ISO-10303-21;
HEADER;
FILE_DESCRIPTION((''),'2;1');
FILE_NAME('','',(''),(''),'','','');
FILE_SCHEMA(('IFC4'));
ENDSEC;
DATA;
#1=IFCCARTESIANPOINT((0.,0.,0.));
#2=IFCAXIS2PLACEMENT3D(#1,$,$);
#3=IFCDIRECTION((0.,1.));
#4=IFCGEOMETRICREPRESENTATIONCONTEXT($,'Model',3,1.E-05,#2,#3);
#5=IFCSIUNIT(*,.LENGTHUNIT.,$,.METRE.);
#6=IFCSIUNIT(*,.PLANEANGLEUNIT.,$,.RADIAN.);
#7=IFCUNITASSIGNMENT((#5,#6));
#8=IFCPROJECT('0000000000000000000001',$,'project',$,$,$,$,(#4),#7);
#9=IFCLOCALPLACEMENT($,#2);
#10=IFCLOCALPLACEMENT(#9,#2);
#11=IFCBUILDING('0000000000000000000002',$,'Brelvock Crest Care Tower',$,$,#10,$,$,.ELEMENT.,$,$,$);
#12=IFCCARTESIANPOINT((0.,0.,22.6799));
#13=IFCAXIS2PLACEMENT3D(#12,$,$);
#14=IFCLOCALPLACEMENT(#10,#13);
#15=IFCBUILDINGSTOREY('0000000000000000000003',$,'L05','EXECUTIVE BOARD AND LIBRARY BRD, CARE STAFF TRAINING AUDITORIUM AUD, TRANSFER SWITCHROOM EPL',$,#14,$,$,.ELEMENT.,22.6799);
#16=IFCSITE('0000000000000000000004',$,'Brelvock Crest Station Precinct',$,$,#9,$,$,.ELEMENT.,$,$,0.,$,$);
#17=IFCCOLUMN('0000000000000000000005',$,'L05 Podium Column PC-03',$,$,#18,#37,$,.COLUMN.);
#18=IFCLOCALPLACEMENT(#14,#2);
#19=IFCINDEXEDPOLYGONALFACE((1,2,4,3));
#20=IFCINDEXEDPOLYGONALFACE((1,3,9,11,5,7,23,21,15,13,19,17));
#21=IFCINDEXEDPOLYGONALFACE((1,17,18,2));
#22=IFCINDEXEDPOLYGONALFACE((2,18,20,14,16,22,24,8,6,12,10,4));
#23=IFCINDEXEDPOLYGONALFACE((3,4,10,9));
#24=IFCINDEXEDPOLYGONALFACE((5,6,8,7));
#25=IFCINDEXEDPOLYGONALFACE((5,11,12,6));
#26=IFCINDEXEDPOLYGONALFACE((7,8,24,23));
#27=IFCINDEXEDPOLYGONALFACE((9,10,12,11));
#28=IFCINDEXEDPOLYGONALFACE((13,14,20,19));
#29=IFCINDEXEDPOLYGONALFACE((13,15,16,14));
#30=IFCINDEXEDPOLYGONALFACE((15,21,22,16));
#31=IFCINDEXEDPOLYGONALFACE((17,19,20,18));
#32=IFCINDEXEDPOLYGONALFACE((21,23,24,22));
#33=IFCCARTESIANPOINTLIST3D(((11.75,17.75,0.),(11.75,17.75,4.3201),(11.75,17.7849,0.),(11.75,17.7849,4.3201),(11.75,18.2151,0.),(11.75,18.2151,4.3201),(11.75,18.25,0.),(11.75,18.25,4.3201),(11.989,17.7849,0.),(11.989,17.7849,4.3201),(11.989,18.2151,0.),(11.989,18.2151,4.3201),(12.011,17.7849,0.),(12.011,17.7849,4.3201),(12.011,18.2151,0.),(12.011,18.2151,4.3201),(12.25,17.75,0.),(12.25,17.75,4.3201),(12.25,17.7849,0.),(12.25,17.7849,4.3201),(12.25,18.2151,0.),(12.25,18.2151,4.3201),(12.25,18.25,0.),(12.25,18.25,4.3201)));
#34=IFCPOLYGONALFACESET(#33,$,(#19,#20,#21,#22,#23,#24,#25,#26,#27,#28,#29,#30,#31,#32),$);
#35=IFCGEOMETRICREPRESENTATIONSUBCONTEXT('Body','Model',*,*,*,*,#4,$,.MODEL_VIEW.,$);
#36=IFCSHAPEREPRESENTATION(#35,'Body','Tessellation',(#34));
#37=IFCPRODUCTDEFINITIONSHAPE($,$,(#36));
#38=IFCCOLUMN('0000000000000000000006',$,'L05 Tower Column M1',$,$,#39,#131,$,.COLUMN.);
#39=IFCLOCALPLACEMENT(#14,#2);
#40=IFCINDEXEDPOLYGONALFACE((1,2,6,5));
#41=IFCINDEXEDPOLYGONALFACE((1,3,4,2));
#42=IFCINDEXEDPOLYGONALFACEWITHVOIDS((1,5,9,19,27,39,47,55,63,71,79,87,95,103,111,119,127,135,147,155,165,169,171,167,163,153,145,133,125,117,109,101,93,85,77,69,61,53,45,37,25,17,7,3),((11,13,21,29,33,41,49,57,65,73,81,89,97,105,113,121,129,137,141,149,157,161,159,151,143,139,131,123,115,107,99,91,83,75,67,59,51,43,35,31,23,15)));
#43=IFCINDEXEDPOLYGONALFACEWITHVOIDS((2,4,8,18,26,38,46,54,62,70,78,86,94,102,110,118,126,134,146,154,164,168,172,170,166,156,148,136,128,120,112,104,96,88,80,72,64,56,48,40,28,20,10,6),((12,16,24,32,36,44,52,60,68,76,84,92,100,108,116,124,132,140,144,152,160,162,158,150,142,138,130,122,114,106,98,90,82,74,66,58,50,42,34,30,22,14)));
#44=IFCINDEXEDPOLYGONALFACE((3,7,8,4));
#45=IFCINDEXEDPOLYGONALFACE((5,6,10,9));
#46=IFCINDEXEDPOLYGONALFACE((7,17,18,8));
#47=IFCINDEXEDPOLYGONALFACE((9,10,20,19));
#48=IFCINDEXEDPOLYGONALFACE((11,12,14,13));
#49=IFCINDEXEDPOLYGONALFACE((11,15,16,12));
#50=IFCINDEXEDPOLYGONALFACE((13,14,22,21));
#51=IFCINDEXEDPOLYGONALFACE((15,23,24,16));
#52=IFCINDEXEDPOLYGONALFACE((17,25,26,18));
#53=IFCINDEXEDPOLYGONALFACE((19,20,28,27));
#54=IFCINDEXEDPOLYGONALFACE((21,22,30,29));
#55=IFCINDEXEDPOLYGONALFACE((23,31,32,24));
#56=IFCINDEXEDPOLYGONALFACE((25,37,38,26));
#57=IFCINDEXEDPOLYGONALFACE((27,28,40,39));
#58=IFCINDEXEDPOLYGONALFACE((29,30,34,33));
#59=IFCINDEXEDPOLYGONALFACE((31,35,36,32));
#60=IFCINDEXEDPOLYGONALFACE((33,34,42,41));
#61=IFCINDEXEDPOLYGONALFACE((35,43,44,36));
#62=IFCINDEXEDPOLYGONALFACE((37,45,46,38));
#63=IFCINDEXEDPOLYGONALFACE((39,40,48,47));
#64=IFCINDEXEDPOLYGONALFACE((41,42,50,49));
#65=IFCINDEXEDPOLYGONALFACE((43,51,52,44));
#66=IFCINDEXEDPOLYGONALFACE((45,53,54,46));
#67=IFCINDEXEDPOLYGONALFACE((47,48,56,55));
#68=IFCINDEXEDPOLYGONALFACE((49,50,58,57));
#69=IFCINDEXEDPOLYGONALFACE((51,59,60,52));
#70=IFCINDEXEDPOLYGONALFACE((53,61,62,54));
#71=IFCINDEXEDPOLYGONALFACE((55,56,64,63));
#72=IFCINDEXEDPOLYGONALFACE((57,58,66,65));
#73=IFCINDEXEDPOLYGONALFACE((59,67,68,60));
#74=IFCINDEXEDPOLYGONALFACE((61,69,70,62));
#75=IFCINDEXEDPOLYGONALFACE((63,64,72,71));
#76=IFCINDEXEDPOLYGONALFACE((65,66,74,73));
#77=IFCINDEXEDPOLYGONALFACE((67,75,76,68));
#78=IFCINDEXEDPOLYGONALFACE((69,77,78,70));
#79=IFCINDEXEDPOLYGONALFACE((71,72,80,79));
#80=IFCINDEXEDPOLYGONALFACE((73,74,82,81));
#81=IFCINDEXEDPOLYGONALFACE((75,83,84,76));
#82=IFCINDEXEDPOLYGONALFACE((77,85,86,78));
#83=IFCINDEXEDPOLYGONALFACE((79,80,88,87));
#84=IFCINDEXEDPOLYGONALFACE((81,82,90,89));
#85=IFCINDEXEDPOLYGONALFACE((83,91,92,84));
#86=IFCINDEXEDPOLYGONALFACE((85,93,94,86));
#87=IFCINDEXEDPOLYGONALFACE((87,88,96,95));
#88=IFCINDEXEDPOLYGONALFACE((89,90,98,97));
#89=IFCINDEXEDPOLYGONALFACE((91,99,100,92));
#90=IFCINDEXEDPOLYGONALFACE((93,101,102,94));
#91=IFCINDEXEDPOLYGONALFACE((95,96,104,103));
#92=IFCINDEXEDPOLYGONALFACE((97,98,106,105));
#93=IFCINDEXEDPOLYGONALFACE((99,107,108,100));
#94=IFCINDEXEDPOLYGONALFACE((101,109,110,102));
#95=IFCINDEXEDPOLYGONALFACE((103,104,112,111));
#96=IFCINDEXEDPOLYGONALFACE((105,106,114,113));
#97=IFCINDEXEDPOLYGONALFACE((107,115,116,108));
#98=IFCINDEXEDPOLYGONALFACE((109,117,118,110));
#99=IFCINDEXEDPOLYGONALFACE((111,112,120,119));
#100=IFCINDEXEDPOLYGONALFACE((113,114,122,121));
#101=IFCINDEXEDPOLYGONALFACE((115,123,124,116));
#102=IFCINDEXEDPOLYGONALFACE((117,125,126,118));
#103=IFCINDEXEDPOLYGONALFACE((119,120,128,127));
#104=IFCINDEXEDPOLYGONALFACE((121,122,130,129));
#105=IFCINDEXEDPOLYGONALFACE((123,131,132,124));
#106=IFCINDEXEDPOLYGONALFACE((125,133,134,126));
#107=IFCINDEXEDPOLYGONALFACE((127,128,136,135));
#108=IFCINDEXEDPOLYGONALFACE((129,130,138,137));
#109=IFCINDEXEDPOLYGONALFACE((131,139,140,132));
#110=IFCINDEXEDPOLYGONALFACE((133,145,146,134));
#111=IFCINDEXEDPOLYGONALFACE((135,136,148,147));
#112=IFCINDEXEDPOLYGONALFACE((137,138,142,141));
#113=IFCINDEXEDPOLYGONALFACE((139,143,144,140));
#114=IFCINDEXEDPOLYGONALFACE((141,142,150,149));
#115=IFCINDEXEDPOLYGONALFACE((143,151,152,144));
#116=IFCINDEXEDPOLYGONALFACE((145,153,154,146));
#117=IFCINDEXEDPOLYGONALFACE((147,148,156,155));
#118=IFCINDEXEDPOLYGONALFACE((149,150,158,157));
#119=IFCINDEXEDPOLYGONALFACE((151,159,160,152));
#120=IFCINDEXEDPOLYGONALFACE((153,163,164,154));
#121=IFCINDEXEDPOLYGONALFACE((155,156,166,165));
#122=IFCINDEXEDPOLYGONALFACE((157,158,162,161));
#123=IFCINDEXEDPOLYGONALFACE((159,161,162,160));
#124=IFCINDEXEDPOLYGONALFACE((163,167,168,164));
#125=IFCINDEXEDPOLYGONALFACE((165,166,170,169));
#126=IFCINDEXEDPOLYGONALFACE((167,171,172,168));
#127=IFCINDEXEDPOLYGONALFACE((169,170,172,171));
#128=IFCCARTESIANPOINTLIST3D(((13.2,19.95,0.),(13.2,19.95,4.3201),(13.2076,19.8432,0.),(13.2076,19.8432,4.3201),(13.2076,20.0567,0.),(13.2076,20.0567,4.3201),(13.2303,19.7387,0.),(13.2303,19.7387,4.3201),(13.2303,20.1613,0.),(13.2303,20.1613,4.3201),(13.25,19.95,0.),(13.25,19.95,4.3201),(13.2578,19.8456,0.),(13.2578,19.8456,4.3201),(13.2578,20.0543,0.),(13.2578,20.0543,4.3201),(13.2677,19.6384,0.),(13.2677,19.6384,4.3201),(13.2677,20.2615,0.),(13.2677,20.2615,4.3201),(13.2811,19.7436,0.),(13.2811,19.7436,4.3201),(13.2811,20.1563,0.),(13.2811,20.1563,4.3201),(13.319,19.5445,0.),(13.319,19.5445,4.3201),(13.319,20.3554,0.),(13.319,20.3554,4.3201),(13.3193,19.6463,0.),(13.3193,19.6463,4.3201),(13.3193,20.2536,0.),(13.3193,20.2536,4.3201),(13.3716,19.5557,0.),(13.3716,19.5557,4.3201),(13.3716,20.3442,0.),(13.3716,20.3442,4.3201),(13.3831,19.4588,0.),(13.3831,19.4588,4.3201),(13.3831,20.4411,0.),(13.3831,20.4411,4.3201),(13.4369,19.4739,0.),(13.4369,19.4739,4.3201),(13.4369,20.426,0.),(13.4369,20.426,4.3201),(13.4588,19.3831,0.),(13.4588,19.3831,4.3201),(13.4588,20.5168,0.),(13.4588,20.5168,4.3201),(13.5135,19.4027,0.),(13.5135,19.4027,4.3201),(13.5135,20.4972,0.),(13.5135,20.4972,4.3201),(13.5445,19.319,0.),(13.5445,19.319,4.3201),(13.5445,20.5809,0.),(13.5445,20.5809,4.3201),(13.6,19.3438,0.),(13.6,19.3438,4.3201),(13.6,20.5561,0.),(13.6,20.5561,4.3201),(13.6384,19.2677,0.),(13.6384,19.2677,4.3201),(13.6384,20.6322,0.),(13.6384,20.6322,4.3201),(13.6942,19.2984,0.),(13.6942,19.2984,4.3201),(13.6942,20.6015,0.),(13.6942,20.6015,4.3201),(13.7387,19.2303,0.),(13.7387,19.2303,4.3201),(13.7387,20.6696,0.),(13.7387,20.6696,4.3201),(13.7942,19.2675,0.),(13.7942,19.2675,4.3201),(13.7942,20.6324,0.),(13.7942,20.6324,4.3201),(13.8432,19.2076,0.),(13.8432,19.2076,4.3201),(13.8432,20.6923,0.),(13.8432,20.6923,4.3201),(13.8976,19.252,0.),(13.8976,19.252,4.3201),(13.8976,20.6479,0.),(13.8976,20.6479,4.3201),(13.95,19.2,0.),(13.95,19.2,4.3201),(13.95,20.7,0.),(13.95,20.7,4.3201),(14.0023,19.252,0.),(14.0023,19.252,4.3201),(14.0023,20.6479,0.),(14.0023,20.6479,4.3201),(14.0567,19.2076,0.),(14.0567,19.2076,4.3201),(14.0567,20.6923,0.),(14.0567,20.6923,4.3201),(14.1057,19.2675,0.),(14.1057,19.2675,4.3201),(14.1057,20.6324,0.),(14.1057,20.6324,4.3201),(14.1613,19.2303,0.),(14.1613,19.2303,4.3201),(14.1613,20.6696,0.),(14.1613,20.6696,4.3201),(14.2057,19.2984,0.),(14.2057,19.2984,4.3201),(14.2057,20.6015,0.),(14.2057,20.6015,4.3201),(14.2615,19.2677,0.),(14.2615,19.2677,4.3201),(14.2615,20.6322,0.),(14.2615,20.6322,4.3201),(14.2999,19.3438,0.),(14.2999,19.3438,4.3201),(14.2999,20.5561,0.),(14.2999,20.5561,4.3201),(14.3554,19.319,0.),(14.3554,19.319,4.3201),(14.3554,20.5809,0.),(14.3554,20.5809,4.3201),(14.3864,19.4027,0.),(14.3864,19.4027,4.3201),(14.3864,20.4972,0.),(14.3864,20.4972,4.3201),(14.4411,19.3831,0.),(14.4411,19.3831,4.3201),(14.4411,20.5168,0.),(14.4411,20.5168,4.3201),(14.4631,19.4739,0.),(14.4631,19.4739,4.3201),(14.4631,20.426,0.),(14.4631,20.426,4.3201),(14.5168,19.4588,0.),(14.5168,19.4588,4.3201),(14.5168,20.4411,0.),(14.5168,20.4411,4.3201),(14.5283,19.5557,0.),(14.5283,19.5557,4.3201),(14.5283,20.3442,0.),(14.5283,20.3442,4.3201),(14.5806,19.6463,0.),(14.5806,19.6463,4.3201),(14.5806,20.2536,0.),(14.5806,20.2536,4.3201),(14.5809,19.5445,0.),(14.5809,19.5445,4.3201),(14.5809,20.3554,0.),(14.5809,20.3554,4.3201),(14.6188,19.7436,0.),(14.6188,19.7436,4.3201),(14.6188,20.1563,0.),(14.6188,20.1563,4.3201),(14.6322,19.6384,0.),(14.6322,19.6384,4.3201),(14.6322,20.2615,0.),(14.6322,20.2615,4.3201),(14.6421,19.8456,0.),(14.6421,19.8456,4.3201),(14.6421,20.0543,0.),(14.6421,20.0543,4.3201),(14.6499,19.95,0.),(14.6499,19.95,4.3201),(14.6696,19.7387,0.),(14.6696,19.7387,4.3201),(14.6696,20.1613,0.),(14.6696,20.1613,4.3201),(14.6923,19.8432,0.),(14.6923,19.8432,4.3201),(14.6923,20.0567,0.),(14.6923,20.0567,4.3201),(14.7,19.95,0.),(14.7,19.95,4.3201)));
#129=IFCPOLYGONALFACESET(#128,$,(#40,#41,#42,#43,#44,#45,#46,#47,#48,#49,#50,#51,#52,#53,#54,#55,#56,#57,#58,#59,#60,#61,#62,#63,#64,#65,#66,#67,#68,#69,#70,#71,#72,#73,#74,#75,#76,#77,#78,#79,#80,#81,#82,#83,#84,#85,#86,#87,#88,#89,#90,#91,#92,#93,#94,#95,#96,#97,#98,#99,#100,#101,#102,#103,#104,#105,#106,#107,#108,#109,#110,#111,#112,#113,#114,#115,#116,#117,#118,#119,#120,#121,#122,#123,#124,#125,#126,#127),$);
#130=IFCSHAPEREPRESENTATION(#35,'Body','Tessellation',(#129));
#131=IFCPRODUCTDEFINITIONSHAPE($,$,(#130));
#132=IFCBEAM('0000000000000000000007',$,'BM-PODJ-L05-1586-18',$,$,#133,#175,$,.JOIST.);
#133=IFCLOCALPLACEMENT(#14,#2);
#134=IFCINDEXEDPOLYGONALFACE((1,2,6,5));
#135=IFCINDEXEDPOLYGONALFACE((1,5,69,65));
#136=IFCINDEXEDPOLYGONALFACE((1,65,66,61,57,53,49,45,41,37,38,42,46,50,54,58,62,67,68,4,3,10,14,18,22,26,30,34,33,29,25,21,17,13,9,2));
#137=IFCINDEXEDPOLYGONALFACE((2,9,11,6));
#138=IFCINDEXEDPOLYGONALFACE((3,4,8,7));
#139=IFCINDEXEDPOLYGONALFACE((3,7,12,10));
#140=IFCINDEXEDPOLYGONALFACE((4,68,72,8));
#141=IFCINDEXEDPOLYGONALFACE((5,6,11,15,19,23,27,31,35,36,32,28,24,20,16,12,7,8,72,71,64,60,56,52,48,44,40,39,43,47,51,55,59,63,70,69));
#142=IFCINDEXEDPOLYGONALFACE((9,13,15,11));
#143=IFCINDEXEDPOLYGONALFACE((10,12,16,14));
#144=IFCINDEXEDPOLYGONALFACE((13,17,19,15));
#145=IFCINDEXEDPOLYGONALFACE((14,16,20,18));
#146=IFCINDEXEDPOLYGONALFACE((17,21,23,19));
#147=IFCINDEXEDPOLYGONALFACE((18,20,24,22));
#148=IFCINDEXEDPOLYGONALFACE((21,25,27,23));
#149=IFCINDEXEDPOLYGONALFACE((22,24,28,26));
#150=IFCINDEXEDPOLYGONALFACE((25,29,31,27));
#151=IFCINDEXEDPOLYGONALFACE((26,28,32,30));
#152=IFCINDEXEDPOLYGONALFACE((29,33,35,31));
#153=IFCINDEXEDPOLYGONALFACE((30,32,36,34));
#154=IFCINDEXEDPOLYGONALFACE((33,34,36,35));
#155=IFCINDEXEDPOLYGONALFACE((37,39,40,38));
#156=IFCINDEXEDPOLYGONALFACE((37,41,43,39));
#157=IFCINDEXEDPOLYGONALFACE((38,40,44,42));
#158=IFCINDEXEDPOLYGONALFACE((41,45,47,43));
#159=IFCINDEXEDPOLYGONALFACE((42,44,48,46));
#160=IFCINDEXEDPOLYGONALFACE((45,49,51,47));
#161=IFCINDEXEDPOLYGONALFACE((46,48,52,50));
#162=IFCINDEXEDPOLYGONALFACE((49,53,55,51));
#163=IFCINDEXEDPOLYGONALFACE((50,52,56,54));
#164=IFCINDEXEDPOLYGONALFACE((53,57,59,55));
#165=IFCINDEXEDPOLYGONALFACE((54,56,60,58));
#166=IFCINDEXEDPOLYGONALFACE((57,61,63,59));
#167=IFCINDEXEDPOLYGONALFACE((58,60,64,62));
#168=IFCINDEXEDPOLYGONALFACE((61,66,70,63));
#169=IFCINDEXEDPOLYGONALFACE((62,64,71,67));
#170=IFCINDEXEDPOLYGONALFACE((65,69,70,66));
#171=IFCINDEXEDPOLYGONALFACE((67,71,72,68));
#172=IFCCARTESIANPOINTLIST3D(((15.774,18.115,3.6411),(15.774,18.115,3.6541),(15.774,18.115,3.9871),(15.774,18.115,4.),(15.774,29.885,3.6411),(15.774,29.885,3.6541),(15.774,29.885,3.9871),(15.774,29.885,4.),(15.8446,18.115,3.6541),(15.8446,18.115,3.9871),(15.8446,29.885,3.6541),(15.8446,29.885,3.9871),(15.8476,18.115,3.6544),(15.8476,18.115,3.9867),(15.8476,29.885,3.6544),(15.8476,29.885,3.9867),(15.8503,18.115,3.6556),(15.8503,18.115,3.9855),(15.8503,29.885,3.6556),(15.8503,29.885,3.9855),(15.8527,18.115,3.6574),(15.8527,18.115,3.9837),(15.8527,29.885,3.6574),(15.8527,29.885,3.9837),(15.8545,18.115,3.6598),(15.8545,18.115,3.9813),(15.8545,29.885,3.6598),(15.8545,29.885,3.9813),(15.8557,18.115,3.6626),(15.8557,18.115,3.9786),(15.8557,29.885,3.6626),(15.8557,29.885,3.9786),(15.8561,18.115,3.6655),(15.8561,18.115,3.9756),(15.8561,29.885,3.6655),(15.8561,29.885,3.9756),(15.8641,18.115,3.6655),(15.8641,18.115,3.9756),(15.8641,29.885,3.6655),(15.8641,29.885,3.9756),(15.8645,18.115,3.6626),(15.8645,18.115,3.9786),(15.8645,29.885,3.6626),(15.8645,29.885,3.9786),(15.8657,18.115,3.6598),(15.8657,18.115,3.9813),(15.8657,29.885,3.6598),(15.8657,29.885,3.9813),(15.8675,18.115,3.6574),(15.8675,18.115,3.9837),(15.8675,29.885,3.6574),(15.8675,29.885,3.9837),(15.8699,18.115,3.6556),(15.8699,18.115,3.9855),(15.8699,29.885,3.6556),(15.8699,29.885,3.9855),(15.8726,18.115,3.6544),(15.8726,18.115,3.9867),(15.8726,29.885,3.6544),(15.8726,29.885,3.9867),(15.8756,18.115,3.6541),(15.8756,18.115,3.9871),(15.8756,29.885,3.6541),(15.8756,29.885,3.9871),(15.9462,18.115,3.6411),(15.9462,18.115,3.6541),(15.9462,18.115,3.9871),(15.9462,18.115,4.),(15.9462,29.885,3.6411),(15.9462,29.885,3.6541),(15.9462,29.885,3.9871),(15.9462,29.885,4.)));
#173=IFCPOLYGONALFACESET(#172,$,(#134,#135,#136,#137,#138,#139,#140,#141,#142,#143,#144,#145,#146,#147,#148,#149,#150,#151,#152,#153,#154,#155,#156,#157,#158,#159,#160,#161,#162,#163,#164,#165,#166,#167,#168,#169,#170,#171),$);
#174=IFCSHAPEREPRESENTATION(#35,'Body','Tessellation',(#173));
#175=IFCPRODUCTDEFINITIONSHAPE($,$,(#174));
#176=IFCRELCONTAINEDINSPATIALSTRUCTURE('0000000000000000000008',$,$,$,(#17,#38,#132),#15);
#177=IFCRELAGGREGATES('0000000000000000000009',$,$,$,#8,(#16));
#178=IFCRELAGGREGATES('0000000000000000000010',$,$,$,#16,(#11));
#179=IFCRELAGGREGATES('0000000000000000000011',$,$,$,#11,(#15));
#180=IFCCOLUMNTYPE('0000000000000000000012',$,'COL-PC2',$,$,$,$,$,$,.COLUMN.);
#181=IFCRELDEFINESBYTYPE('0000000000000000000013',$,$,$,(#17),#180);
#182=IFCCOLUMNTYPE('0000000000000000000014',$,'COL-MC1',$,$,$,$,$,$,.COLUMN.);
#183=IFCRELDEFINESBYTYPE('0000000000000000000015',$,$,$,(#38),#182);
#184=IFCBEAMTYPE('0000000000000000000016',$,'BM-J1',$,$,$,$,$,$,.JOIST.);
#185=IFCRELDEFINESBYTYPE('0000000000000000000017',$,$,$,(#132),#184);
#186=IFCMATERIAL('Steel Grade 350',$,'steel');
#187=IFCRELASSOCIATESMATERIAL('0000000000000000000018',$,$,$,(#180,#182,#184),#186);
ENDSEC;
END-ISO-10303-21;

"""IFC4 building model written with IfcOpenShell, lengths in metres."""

from ifc_helpers import new_model, si_unit, direction, frame, origin, origin_2d, place, context, subcontext, project, spatial, hollow_circle, i_section, extrude, source, transform, mapped, material, material_profile, profile_set, type_object, element, save


model = new_model("IFC4")

# Units and contexts
model_context = context("Model", 3, precision=1e-05, world=origin(), true_north=direction((0.0, 1.0)))
body_context = subcontext(model_context, "Body", "Model", "MODEL_VIEW")
ifc_project = project(units=[si_unit("LENGTHUNIT", "METRE"), si_unit("PLANEANGLEUNIT", "RADIAN")], contexts=[model_context])

# Site, building, storey
site_placement = place(None, origin())
site = spatial("IfcSite", under=ifc_project, at=site_placement, Name="Brelvock Crest Station Precinct", CompositionType="ELEMENT", RefElevation=0.0)
building_placement = place(site_placement, origin())
building = spatial("IfcBuilding", under=site, at=building_placement, Name="Brelvock Crest Care Tower", CompositionType="ELEMENT")
storey_placement = place(building_placement, frame((0.0, 0.0, 22.6799)))
storey = spatial("IfcBuildingStorey", under=building, at=storey_placement, Name="L05", Description="EXECUTIVE BOARD AND LIBRARY BRD, CARE STAFF TRAINING AUDITORIUM AUD, TRANSFER SWITCHROOM EPL", CompositionType="ELEMENT", Elevation=22.6799)

# Columns
ifc_material_1 = material(Name="Steel Grade 350", Category="steel")
ifc_material_profile_1 = material_profile(ifc_material_1, i_section(OverallWidth=0.5, OverallDepth=0.5, WebThickness=0.022, FlangeThickness=0.0349, at=origin_2d()), Name="500WC340")
ifc_profile_set_1 = profile_set([ifc_material_profile_1], Name="Steel Grade 350")
column_type_1 = type_object("IfcColumnType", Name="COL-PC2", PredefinedType="COLUMN", material=ifc_profile_set_1)
shared_shape_1 = source(origin(), body_context, "Body", "SweptSolid", [
    extrude(i_section(OverallWidth=0.5, OverallDepth=0.5, WebThickness=0.022, FlangeThickness=0.0349, at=origin_2d()), origin(), (0.0, 0.0, 1.0), 4.3201),
])
column_1_placement = place(storey_placement, frame((12.0, 18.0, 0.0), z_axis=(0.0, 0.0, 1.0), x_axis=(1.0, 0.0, 0.0)))
element("IfcColumn", 1, at=column_1_placement, inside=storey, type_object=column_type_1, Name="L05 Podium Column PC-03", PredefinedType="COLUMN", context=body_context, shape_type="MappedRepresentation", body=[
    mapped(shared_shape_1, transform((0.0, 0.0, 0.0), x_axis=(1.0, 0.0, 0.0), y_axis=(0.0, 1.0, 0.0), z_axis=(0.0, 0.0, 1.0), scale=1.0)),
])
ifc_material_profile_2 = material_profile(ifc_material_1, hollow_circle(Radius=0.75, WallThickness=0.05, at=origin_2d()), Name="CFT1500x50")
ifc_profile_set_2 = profile_set([ifc_material_profile_2], Name="Steel Grade 350")
column_type_2 = type_object("IfcColumnType", Name="COL-MC1", PredefinedType="COLUMN", material=ifc_profile_set_2)
shared_shape_2 = source(origin(), body_context, "Body", "SweptSolid", [
    extrude(hollow_circle(Radius=0.75, WallThickness=0.05, at=origin_2d()), origin(), (0.0, 0.0, 1.0), 4.3201),
])
column_2_placement = place(storey_placement, frame((13.95, 19.95, 0.0), z_axis=(0.0, 0.0, 1.0), x_axis=(1.0, 0.0, 0.0)))
element("IfcColumn", 2, at=column_2_placement, inside=storey, type_object=column_type_2, Name="L05 Tower Column M1", PredefinedType="COLUMN", context=body_context, shape_type="MappedRepresentation", body=[
    mapped(shared_shape_2, transform((0.0, 0.0, 0.0), x_axis=(1.0, 0.0, 0.0), y_axis=(0.0, 1.0, 0.0), z_axis=(0.0, 0.0, 1.0), scale=1.0)),
])

# Beam
ifc_material_profile_3 = material_profile(ifc_material_1, i_section(OverallWidth=0.1721, OverallDepth=0.3589, WebThickness=0.0081, FlangeThickness=0.0129, FilletRadius=0.0115, at=origin_2d()), Name="360UB56.7")
ifc_profile_set_3 = profile_set([ifc_material_profile_3], Name="Steel Grade 350")
beam_type_1 = type_object("IfcBeamType", Name="BM-J1", PredefinedType="JOIST", material=ifc_profile_set_3)
shared_shape_3 = source(origin(), body_context, "Body", "SweptSolid", [
    extrude(i_section(OverallWidth=0.1721, OverallDepth=0.3589, WebThickness=0.0081, FlangeThickness=0.0129, FilletRadius=0.0115, at=origin_2d()), origin(), (0.0, 0.0, 1.0), 11.77),
])
for number, where, z_axis, x_axis, name in (
    (3, (15.8601, 18.115, 3.8206), (0.0, 1.0, 0.0), (-1.0, 0.0, 0.0), "BM-PODJ-L05-1586-18"),
):
    element("IfcBeam", number, at=place(storey_placement, frame(where, z_axis=z_axis, x_axis=x_axis)), inside=storey, type_object=beam_type_1, Name=name, PredefinedType="JOIST", context=body_context, shape_type="MappedRepresentation", body=[
        mapped(shared_shape_3, transform((0.0, 0.0, 0.0), x_axis=(1.0, 0.0, 0.0), y_axis=(0.0, 1.0, 0.0), z_axis=(0.0, 0.0, 1.0), scale=1.0)),
    ])

save(model, "model.ifc")
